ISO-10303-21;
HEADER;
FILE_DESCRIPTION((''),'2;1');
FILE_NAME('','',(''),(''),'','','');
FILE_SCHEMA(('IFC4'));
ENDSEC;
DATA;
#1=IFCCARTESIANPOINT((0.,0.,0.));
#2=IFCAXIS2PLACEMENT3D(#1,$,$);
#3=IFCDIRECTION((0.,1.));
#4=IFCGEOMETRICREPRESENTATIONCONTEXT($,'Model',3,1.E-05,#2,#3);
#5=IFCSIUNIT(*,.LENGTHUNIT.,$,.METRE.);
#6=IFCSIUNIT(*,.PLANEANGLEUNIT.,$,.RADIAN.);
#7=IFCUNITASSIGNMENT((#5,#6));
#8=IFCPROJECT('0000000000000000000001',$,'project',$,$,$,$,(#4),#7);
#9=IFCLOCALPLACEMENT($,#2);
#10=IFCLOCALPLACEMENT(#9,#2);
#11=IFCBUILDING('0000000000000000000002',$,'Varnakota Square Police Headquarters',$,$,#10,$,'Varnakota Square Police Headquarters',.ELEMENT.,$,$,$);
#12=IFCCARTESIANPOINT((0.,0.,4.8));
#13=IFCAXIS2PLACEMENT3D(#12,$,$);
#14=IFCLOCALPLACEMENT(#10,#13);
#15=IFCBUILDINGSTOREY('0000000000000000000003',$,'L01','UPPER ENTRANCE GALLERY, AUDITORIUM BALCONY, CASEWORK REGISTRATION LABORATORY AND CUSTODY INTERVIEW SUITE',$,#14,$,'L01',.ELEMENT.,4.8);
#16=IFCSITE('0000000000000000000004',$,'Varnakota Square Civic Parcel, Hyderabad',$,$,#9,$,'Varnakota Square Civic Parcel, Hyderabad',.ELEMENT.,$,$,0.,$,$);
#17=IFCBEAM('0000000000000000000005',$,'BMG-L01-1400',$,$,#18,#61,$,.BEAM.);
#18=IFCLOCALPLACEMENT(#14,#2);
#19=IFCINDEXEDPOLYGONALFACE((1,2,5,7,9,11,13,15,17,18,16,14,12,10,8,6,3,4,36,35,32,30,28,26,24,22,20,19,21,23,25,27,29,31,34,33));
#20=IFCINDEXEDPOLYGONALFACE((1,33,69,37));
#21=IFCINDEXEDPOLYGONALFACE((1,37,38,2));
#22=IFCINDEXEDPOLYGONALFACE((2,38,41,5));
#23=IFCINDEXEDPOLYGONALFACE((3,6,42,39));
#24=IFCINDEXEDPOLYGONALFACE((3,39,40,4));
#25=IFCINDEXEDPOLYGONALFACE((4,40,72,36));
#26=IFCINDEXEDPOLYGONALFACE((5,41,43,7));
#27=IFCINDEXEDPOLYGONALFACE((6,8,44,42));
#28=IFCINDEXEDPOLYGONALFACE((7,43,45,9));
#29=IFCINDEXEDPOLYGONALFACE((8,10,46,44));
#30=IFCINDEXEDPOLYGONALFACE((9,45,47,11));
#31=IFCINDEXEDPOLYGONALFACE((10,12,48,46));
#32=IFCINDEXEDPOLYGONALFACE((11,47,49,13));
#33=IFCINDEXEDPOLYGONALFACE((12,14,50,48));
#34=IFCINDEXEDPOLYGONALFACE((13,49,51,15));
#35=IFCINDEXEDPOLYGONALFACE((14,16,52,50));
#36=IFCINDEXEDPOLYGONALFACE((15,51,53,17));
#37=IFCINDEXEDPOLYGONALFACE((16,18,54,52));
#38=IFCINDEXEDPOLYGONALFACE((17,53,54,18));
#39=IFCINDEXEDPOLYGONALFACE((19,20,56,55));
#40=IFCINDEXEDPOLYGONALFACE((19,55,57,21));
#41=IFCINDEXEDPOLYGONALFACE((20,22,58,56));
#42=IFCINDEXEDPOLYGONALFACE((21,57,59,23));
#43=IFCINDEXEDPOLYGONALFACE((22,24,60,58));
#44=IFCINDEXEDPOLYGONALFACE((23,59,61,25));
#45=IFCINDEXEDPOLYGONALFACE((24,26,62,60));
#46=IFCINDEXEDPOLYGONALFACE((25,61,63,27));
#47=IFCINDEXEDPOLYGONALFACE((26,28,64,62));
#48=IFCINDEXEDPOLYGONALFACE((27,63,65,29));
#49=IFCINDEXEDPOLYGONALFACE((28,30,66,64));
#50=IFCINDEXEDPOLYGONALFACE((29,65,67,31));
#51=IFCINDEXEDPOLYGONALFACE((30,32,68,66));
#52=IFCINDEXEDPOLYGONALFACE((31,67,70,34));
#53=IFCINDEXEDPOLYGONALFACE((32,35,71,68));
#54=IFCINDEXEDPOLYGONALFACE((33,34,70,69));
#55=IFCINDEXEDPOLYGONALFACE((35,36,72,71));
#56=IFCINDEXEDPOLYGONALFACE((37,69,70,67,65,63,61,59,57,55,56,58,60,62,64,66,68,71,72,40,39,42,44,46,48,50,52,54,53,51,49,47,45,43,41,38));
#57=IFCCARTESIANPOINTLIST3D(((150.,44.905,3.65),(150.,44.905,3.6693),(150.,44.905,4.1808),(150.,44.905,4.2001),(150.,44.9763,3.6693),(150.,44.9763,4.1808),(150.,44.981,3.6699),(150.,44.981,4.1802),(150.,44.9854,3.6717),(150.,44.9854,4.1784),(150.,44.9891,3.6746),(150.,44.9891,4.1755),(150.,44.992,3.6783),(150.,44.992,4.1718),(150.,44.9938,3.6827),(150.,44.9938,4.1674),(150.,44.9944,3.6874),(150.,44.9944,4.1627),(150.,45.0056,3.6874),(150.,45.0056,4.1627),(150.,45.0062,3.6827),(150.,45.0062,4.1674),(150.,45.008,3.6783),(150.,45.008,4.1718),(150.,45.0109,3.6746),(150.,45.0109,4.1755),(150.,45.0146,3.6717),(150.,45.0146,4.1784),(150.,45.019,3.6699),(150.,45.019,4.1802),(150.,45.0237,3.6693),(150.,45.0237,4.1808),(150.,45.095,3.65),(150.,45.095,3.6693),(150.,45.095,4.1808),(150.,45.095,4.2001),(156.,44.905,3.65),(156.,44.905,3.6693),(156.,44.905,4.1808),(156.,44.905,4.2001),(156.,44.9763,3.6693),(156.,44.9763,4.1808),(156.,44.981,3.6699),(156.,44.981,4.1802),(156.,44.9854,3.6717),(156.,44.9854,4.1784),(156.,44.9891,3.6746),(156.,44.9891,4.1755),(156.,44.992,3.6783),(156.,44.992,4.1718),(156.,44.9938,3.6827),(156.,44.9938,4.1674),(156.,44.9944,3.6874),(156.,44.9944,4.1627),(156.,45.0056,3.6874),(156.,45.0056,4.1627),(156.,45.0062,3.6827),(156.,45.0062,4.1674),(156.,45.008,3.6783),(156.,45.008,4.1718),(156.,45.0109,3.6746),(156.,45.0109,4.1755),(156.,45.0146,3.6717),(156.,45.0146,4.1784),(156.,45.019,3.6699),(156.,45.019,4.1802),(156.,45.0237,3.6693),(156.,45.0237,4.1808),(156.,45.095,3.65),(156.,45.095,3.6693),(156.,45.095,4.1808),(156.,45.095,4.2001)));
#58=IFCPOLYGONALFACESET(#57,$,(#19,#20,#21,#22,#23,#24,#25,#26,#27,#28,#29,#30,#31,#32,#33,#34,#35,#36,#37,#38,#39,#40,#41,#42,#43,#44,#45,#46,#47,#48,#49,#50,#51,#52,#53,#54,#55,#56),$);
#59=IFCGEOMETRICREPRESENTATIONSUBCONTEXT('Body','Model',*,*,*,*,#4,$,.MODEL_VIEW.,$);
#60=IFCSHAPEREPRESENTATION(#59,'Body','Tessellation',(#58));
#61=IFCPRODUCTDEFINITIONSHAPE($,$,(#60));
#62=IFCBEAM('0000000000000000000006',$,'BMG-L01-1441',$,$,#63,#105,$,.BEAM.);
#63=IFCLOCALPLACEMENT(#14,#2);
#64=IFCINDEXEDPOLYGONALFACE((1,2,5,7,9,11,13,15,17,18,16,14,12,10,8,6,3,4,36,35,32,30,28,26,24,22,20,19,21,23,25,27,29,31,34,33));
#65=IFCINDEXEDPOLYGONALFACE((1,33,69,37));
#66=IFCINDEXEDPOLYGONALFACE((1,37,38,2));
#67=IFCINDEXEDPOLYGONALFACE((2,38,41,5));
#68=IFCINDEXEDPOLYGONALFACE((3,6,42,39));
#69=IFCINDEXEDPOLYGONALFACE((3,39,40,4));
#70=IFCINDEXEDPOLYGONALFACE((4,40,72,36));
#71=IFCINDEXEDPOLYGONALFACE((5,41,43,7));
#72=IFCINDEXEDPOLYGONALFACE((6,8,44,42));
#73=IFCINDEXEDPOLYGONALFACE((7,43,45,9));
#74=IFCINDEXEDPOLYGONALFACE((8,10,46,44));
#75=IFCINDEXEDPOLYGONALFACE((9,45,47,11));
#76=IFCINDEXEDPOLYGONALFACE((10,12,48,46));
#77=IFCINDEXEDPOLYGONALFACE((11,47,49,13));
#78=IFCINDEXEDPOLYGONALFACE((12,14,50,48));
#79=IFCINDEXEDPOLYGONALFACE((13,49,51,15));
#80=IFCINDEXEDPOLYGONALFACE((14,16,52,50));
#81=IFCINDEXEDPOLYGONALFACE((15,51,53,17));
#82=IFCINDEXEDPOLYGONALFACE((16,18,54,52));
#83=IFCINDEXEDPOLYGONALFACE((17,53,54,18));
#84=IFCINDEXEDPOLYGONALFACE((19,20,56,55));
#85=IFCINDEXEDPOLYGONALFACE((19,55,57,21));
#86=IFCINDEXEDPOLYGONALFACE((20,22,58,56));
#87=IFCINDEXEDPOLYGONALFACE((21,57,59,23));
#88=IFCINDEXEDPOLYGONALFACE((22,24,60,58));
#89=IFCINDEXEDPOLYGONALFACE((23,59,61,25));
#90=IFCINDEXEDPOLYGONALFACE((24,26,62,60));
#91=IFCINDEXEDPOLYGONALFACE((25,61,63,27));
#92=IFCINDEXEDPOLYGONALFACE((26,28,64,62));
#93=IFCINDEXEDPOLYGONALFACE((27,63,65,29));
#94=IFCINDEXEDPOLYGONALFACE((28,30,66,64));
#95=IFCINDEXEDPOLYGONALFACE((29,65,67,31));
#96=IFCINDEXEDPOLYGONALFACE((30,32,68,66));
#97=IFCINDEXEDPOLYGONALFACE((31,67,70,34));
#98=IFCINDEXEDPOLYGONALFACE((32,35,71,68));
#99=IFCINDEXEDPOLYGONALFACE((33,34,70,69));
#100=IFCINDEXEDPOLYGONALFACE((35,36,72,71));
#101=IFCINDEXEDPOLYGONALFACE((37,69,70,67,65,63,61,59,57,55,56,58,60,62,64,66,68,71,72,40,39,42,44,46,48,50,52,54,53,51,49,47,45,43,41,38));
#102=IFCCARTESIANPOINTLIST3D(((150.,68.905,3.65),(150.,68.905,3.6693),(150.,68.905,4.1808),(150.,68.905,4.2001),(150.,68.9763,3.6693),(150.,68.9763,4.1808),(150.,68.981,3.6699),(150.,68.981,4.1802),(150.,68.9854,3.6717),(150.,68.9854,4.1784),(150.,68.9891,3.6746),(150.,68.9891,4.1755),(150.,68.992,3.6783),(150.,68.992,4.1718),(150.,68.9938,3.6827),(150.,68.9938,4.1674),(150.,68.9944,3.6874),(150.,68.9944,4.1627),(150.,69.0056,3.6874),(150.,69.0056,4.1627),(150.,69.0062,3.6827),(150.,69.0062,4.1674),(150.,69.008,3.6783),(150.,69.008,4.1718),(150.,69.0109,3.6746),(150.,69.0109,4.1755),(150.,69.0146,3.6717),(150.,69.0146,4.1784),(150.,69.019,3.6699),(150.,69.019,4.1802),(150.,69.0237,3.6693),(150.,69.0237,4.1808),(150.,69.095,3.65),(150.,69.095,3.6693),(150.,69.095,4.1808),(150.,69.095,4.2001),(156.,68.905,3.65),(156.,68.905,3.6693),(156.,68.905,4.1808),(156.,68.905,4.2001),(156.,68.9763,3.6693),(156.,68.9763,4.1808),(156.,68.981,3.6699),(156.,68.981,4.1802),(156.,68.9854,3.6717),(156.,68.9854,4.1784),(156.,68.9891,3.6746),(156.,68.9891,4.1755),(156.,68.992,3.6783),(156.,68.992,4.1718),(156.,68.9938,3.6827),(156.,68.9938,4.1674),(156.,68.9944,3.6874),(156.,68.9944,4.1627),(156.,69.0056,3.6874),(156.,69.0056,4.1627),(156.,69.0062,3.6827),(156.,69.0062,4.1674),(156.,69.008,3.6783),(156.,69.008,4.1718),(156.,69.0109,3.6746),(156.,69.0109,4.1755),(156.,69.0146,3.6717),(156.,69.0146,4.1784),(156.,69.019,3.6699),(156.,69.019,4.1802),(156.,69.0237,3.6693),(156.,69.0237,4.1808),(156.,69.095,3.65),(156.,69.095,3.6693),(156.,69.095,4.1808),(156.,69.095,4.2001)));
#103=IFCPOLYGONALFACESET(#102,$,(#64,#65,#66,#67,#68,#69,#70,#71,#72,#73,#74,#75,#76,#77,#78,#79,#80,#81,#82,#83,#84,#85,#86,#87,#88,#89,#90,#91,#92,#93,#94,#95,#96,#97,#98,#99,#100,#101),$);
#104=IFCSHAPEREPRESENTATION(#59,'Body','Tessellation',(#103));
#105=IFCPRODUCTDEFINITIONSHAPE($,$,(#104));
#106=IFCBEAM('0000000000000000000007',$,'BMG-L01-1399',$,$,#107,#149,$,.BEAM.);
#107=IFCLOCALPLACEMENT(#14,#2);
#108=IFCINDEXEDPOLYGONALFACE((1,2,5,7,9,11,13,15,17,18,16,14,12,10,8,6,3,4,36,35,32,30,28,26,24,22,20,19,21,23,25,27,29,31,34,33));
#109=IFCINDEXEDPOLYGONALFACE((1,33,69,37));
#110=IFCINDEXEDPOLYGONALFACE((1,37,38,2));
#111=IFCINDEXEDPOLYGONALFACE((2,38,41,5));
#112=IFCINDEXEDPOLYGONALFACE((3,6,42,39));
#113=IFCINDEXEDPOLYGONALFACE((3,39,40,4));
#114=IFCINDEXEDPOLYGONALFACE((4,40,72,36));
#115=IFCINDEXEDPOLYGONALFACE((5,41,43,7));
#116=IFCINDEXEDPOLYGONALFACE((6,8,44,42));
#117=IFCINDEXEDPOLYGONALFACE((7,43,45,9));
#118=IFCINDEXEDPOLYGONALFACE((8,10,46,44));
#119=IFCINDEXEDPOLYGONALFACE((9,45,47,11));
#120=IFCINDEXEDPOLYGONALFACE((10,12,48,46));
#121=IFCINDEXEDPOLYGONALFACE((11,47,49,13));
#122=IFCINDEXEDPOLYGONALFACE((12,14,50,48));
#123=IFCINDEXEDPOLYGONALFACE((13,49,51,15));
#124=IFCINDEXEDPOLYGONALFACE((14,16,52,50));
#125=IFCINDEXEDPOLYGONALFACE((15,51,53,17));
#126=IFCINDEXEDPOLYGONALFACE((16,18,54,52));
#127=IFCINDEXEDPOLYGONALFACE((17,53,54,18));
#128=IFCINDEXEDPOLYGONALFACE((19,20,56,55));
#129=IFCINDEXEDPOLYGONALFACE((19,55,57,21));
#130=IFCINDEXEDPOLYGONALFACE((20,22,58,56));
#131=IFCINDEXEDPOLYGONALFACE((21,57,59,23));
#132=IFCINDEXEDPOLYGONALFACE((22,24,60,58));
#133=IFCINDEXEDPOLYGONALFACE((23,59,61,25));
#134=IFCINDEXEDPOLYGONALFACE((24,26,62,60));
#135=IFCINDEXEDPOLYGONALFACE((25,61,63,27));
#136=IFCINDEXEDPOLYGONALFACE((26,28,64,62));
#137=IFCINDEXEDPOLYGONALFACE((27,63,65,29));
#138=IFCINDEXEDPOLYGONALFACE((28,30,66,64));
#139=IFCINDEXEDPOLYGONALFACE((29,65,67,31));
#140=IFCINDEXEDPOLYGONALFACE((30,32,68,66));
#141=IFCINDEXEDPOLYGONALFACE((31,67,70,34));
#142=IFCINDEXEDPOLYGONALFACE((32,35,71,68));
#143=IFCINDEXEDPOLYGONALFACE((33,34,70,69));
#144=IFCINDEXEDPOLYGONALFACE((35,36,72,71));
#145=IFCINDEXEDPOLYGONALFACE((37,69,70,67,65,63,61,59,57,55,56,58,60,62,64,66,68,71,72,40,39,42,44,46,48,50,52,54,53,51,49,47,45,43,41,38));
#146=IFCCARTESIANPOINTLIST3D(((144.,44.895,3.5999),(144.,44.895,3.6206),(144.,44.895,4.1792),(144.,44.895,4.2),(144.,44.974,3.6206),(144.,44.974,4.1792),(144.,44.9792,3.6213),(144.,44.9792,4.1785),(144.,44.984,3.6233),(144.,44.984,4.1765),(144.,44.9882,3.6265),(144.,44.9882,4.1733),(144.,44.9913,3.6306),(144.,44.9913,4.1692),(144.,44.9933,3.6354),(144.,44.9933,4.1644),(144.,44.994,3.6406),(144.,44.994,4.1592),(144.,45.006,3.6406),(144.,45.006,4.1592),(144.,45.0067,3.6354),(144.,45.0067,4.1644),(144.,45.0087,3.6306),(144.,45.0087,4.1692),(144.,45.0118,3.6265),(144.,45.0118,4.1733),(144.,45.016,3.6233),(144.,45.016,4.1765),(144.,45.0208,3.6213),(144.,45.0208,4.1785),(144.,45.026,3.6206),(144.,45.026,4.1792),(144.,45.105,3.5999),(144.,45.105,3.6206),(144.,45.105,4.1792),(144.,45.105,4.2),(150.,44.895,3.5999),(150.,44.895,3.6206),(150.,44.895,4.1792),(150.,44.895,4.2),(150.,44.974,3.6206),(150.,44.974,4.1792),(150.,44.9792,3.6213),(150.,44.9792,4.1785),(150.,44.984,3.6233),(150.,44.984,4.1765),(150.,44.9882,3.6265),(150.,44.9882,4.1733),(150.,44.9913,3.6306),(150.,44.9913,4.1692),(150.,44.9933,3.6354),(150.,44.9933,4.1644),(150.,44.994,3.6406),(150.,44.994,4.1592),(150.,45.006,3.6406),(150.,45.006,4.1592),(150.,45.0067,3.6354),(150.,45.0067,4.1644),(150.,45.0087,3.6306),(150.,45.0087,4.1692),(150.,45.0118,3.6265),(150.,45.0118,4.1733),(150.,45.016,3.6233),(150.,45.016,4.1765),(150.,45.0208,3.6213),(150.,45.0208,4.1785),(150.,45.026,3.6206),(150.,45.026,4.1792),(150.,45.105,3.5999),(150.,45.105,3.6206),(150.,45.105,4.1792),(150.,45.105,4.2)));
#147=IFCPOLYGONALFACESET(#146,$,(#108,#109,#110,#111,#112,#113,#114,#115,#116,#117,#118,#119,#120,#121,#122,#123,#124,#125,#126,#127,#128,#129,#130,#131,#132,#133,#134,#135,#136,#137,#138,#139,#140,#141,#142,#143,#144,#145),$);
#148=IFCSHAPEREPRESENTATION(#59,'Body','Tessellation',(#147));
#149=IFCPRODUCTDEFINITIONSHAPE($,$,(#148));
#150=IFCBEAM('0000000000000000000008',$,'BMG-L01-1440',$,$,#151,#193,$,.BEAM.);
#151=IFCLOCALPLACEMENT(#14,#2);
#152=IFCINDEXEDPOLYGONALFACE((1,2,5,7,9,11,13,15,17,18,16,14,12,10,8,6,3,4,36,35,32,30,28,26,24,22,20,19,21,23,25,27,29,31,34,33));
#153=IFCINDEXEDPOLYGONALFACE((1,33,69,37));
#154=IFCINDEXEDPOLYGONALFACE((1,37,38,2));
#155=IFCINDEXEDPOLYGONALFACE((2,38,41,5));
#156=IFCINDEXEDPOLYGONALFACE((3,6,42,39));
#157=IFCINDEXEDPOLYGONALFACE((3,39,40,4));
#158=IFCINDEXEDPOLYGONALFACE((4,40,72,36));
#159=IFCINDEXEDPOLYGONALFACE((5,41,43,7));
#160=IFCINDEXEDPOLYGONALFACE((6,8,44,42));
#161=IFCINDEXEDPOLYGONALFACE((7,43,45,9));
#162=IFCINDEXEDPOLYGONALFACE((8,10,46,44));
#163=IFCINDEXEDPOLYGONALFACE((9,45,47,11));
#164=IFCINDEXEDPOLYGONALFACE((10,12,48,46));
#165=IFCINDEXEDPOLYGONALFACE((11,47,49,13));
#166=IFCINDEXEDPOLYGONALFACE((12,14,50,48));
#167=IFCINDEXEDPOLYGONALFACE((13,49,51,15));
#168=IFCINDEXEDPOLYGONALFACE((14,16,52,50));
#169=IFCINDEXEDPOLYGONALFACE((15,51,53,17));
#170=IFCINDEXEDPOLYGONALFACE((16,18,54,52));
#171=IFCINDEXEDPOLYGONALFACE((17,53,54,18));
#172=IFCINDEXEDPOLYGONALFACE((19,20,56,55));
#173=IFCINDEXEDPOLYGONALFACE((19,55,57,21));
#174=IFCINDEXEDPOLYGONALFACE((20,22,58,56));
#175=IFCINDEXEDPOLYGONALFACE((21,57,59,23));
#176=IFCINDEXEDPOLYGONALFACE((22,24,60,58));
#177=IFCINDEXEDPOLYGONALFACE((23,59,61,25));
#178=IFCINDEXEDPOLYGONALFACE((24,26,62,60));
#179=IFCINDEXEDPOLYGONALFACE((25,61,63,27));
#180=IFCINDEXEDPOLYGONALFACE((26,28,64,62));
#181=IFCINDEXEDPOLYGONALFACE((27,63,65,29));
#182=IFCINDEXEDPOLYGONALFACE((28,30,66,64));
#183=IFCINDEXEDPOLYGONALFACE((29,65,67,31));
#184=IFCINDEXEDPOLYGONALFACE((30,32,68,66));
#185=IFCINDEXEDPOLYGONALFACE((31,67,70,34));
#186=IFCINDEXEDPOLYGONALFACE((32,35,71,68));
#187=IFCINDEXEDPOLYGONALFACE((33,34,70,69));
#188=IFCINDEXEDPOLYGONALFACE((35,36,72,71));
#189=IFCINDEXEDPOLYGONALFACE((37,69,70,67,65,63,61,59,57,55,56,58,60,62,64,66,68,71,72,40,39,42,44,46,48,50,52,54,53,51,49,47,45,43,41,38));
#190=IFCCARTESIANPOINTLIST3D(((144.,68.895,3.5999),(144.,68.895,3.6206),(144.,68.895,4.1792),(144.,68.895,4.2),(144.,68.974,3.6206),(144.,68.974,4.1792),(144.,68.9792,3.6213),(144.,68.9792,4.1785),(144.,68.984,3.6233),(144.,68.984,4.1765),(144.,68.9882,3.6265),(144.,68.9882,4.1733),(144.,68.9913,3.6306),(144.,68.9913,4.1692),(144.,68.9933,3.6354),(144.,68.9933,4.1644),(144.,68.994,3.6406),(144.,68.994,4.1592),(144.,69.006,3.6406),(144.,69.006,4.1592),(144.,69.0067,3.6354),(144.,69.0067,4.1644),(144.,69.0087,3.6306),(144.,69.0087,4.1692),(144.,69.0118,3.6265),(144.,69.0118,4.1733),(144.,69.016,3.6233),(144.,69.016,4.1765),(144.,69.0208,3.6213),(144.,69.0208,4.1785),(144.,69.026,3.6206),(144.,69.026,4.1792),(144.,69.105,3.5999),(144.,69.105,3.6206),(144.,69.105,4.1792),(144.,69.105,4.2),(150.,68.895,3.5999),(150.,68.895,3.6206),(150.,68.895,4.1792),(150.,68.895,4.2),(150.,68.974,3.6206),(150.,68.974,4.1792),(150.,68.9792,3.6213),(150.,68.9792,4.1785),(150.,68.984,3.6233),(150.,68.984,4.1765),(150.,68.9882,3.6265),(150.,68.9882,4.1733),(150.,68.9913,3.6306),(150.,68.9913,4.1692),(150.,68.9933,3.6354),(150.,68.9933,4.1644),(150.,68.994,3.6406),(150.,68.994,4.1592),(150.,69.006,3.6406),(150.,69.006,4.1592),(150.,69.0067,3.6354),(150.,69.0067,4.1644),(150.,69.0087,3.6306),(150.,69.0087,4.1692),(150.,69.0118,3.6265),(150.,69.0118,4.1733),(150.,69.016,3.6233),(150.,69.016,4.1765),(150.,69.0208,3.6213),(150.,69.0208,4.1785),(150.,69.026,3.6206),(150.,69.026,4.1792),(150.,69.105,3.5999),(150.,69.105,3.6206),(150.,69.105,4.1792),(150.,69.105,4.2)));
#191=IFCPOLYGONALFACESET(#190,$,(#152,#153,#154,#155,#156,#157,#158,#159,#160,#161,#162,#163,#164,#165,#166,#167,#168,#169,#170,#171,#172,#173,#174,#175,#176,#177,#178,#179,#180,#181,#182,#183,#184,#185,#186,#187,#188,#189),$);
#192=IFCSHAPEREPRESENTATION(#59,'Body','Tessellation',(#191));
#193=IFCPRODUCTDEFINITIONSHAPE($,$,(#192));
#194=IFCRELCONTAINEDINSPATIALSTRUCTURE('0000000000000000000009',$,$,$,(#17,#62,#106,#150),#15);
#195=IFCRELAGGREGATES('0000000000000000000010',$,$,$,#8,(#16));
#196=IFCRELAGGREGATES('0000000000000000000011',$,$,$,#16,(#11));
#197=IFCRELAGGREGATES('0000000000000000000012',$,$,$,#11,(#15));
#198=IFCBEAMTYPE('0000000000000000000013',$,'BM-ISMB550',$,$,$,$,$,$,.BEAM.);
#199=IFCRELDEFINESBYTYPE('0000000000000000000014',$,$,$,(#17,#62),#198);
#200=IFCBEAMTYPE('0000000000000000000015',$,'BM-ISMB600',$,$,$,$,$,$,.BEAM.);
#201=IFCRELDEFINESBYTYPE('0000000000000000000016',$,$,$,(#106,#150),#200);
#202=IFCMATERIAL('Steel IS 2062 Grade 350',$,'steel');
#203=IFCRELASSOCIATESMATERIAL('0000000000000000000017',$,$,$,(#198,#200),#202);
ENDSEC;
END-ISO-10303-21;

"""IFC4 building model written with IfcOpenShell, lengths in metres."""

from ifc_helpers import new_model, si_unit, direction, frame, origin, origin_2d, place, context, subcontext, project, spatial, i_section, extrude, material, material_profile, profile_set, type_object, element, save


model = new_model("IFC4")

# Units and contexts
model_context = context("Model", 3, precision=1e-05, world=origin(), true_north=direction((0.0, 1.0)))
body_context = subcontext(model_context, "Body", "Model", "MODEL_VIEW")
ifc_project = project(units=[si_unit("LENGTHUNIT", "METRE"), si_unit("PLANEANGLEUNIT", "RADIAN")], contexts=[model_context])

# Site, building, storey
site_placement = place(None, origin())
site = spatial("IfcSite", under=ifc_project, at=site_placement, Name="Varnakota Square Civic Parcel, Hyderabad", LongName="Varnakota Square Civic Parcel, Hyderabad", CompositionType="ELEMENT", RefElevation=0.0)
building_placement = place(site_placement, origin())
building = spatial("IfcBuilding", under=site, at=building_placement, Name="Varnakota Square Police Headquarters", LongName="Varnakota Square Police Headquarters", CompositionType="ELEMENT")
storey_placement = place(building_placement, frame((0.0, 0.0, 4.8)))
storey = spatial("IfcBuildingStorey", under=building, at=storey_placement, Name="L01", Description="UPPER ENTRANCE GALLERY, AUDITORIUM BALCONY, CASEWORK REGISTRATION LABORATORY AND CUSTODY INTERVIEW SUITE", LongName="L01", CompositionType="ELEMENT", Elevation=4.8)

# Shared definitions
ifc_material_1 = material(Name="Steel IS 2062 Grade 350", Category="steel")

# Beams
ifc_material_profile_1 = material_profile(ifc_material_1, i_section(OverallWidth=0.1899, OverallDepth=0.55, WebThickness=0.0112, FlangeThickness=0.0193, FilletRadius=0.0181, at=origin_2d()), Name="ISMB 550")
ifc_profile_set_1 = profile_set([ifc_material_profile_1], Name="Steel IS 2062 Grade 350")
beam_type_1 = type_object("IfcBeamType", Name="BM-ISMB550", PredefinedType="BEAM", material=ifc_profile_set_1)
for number, where, z_axis, x_axis, name in (
    (1, (150.0, 45.0, 3.925), (1.0, 0.0, 0.0), (0.0, 1.0, 0.0), "BMG-L01-1400"),
    (2, (150.0, 69.0, 3.925), (1.0, 0.0, 0.0), (0.0, 1.0, 0.0), "BMG-L01-1441"),
):
    element("IfcBeam", number, at=place(storey_placement, frame(where, z_axis=z_axis, x_axis=x_axis)), inside=storey, type_object=beam_type_1, Name=name, PredefinedType="BEAM", context=body_context, shape_type="SweptSolid", body=[
        extrude(i_section(OverallWidth=0.1899, OverallDepth=0.55, WebThickness=0.0112, FlangeThickness=0.0193, FilletRadius=0.0181, at=origin_2d()), origin(), (0.0, 0.0, 1.0), 6.0),
    ])
ifc_material_profile_2 = material_profile(ifc_material_1, i_section(OverallWidth=0.21, OverallDepth=0.6001, WebThickness=0.012, FlangeThickness=0.0208, FilletRadius=0.02, at=origin_2d()), Name="ISMB 600")
ifc_profile_set_2 = profile_set([ifc_material_profile_2], Name="Steel IS 2062 Grade 350")
beam_type_2 = type_object("IfcBeamType", Name="BM-ISMB600", PredefinedType="BEAM", material=ifc_profile_set_2)
for number, where, z_axis, x_axis, name in (
    (3, (144.0, 45.0, 3.8999), (1.0, 0.0, 0.0), (0.0, 1.0, 0.0), "BMG-L01-1399"),
    (4, (144.0, 69.0, 3.8999), (1.0, 0.0, 0.0), (0.0, 1.0, 0.0), "BMG-L01-1440"),
):
    element("IfcBeam", number, at=place(storey_placement, frame(where, z_axis=z_axis, x_axis=x_axis)), inside=storey, type_object=beam_type_2, Name=name, PredefinedType="BEAM", context=body_context, shape_type="SweptSolid", body=[
        extrude(i_section(OverallWidth=0.21, OverallDepth=0.6001, WebThickness=0.012, FlangeThickness=0.0208, FilletRadius=0.02, at=origin_2d()), origin(), (0.0, 0.0, 1.0), 6.0),
    ])

save(model, "model.ifc")
